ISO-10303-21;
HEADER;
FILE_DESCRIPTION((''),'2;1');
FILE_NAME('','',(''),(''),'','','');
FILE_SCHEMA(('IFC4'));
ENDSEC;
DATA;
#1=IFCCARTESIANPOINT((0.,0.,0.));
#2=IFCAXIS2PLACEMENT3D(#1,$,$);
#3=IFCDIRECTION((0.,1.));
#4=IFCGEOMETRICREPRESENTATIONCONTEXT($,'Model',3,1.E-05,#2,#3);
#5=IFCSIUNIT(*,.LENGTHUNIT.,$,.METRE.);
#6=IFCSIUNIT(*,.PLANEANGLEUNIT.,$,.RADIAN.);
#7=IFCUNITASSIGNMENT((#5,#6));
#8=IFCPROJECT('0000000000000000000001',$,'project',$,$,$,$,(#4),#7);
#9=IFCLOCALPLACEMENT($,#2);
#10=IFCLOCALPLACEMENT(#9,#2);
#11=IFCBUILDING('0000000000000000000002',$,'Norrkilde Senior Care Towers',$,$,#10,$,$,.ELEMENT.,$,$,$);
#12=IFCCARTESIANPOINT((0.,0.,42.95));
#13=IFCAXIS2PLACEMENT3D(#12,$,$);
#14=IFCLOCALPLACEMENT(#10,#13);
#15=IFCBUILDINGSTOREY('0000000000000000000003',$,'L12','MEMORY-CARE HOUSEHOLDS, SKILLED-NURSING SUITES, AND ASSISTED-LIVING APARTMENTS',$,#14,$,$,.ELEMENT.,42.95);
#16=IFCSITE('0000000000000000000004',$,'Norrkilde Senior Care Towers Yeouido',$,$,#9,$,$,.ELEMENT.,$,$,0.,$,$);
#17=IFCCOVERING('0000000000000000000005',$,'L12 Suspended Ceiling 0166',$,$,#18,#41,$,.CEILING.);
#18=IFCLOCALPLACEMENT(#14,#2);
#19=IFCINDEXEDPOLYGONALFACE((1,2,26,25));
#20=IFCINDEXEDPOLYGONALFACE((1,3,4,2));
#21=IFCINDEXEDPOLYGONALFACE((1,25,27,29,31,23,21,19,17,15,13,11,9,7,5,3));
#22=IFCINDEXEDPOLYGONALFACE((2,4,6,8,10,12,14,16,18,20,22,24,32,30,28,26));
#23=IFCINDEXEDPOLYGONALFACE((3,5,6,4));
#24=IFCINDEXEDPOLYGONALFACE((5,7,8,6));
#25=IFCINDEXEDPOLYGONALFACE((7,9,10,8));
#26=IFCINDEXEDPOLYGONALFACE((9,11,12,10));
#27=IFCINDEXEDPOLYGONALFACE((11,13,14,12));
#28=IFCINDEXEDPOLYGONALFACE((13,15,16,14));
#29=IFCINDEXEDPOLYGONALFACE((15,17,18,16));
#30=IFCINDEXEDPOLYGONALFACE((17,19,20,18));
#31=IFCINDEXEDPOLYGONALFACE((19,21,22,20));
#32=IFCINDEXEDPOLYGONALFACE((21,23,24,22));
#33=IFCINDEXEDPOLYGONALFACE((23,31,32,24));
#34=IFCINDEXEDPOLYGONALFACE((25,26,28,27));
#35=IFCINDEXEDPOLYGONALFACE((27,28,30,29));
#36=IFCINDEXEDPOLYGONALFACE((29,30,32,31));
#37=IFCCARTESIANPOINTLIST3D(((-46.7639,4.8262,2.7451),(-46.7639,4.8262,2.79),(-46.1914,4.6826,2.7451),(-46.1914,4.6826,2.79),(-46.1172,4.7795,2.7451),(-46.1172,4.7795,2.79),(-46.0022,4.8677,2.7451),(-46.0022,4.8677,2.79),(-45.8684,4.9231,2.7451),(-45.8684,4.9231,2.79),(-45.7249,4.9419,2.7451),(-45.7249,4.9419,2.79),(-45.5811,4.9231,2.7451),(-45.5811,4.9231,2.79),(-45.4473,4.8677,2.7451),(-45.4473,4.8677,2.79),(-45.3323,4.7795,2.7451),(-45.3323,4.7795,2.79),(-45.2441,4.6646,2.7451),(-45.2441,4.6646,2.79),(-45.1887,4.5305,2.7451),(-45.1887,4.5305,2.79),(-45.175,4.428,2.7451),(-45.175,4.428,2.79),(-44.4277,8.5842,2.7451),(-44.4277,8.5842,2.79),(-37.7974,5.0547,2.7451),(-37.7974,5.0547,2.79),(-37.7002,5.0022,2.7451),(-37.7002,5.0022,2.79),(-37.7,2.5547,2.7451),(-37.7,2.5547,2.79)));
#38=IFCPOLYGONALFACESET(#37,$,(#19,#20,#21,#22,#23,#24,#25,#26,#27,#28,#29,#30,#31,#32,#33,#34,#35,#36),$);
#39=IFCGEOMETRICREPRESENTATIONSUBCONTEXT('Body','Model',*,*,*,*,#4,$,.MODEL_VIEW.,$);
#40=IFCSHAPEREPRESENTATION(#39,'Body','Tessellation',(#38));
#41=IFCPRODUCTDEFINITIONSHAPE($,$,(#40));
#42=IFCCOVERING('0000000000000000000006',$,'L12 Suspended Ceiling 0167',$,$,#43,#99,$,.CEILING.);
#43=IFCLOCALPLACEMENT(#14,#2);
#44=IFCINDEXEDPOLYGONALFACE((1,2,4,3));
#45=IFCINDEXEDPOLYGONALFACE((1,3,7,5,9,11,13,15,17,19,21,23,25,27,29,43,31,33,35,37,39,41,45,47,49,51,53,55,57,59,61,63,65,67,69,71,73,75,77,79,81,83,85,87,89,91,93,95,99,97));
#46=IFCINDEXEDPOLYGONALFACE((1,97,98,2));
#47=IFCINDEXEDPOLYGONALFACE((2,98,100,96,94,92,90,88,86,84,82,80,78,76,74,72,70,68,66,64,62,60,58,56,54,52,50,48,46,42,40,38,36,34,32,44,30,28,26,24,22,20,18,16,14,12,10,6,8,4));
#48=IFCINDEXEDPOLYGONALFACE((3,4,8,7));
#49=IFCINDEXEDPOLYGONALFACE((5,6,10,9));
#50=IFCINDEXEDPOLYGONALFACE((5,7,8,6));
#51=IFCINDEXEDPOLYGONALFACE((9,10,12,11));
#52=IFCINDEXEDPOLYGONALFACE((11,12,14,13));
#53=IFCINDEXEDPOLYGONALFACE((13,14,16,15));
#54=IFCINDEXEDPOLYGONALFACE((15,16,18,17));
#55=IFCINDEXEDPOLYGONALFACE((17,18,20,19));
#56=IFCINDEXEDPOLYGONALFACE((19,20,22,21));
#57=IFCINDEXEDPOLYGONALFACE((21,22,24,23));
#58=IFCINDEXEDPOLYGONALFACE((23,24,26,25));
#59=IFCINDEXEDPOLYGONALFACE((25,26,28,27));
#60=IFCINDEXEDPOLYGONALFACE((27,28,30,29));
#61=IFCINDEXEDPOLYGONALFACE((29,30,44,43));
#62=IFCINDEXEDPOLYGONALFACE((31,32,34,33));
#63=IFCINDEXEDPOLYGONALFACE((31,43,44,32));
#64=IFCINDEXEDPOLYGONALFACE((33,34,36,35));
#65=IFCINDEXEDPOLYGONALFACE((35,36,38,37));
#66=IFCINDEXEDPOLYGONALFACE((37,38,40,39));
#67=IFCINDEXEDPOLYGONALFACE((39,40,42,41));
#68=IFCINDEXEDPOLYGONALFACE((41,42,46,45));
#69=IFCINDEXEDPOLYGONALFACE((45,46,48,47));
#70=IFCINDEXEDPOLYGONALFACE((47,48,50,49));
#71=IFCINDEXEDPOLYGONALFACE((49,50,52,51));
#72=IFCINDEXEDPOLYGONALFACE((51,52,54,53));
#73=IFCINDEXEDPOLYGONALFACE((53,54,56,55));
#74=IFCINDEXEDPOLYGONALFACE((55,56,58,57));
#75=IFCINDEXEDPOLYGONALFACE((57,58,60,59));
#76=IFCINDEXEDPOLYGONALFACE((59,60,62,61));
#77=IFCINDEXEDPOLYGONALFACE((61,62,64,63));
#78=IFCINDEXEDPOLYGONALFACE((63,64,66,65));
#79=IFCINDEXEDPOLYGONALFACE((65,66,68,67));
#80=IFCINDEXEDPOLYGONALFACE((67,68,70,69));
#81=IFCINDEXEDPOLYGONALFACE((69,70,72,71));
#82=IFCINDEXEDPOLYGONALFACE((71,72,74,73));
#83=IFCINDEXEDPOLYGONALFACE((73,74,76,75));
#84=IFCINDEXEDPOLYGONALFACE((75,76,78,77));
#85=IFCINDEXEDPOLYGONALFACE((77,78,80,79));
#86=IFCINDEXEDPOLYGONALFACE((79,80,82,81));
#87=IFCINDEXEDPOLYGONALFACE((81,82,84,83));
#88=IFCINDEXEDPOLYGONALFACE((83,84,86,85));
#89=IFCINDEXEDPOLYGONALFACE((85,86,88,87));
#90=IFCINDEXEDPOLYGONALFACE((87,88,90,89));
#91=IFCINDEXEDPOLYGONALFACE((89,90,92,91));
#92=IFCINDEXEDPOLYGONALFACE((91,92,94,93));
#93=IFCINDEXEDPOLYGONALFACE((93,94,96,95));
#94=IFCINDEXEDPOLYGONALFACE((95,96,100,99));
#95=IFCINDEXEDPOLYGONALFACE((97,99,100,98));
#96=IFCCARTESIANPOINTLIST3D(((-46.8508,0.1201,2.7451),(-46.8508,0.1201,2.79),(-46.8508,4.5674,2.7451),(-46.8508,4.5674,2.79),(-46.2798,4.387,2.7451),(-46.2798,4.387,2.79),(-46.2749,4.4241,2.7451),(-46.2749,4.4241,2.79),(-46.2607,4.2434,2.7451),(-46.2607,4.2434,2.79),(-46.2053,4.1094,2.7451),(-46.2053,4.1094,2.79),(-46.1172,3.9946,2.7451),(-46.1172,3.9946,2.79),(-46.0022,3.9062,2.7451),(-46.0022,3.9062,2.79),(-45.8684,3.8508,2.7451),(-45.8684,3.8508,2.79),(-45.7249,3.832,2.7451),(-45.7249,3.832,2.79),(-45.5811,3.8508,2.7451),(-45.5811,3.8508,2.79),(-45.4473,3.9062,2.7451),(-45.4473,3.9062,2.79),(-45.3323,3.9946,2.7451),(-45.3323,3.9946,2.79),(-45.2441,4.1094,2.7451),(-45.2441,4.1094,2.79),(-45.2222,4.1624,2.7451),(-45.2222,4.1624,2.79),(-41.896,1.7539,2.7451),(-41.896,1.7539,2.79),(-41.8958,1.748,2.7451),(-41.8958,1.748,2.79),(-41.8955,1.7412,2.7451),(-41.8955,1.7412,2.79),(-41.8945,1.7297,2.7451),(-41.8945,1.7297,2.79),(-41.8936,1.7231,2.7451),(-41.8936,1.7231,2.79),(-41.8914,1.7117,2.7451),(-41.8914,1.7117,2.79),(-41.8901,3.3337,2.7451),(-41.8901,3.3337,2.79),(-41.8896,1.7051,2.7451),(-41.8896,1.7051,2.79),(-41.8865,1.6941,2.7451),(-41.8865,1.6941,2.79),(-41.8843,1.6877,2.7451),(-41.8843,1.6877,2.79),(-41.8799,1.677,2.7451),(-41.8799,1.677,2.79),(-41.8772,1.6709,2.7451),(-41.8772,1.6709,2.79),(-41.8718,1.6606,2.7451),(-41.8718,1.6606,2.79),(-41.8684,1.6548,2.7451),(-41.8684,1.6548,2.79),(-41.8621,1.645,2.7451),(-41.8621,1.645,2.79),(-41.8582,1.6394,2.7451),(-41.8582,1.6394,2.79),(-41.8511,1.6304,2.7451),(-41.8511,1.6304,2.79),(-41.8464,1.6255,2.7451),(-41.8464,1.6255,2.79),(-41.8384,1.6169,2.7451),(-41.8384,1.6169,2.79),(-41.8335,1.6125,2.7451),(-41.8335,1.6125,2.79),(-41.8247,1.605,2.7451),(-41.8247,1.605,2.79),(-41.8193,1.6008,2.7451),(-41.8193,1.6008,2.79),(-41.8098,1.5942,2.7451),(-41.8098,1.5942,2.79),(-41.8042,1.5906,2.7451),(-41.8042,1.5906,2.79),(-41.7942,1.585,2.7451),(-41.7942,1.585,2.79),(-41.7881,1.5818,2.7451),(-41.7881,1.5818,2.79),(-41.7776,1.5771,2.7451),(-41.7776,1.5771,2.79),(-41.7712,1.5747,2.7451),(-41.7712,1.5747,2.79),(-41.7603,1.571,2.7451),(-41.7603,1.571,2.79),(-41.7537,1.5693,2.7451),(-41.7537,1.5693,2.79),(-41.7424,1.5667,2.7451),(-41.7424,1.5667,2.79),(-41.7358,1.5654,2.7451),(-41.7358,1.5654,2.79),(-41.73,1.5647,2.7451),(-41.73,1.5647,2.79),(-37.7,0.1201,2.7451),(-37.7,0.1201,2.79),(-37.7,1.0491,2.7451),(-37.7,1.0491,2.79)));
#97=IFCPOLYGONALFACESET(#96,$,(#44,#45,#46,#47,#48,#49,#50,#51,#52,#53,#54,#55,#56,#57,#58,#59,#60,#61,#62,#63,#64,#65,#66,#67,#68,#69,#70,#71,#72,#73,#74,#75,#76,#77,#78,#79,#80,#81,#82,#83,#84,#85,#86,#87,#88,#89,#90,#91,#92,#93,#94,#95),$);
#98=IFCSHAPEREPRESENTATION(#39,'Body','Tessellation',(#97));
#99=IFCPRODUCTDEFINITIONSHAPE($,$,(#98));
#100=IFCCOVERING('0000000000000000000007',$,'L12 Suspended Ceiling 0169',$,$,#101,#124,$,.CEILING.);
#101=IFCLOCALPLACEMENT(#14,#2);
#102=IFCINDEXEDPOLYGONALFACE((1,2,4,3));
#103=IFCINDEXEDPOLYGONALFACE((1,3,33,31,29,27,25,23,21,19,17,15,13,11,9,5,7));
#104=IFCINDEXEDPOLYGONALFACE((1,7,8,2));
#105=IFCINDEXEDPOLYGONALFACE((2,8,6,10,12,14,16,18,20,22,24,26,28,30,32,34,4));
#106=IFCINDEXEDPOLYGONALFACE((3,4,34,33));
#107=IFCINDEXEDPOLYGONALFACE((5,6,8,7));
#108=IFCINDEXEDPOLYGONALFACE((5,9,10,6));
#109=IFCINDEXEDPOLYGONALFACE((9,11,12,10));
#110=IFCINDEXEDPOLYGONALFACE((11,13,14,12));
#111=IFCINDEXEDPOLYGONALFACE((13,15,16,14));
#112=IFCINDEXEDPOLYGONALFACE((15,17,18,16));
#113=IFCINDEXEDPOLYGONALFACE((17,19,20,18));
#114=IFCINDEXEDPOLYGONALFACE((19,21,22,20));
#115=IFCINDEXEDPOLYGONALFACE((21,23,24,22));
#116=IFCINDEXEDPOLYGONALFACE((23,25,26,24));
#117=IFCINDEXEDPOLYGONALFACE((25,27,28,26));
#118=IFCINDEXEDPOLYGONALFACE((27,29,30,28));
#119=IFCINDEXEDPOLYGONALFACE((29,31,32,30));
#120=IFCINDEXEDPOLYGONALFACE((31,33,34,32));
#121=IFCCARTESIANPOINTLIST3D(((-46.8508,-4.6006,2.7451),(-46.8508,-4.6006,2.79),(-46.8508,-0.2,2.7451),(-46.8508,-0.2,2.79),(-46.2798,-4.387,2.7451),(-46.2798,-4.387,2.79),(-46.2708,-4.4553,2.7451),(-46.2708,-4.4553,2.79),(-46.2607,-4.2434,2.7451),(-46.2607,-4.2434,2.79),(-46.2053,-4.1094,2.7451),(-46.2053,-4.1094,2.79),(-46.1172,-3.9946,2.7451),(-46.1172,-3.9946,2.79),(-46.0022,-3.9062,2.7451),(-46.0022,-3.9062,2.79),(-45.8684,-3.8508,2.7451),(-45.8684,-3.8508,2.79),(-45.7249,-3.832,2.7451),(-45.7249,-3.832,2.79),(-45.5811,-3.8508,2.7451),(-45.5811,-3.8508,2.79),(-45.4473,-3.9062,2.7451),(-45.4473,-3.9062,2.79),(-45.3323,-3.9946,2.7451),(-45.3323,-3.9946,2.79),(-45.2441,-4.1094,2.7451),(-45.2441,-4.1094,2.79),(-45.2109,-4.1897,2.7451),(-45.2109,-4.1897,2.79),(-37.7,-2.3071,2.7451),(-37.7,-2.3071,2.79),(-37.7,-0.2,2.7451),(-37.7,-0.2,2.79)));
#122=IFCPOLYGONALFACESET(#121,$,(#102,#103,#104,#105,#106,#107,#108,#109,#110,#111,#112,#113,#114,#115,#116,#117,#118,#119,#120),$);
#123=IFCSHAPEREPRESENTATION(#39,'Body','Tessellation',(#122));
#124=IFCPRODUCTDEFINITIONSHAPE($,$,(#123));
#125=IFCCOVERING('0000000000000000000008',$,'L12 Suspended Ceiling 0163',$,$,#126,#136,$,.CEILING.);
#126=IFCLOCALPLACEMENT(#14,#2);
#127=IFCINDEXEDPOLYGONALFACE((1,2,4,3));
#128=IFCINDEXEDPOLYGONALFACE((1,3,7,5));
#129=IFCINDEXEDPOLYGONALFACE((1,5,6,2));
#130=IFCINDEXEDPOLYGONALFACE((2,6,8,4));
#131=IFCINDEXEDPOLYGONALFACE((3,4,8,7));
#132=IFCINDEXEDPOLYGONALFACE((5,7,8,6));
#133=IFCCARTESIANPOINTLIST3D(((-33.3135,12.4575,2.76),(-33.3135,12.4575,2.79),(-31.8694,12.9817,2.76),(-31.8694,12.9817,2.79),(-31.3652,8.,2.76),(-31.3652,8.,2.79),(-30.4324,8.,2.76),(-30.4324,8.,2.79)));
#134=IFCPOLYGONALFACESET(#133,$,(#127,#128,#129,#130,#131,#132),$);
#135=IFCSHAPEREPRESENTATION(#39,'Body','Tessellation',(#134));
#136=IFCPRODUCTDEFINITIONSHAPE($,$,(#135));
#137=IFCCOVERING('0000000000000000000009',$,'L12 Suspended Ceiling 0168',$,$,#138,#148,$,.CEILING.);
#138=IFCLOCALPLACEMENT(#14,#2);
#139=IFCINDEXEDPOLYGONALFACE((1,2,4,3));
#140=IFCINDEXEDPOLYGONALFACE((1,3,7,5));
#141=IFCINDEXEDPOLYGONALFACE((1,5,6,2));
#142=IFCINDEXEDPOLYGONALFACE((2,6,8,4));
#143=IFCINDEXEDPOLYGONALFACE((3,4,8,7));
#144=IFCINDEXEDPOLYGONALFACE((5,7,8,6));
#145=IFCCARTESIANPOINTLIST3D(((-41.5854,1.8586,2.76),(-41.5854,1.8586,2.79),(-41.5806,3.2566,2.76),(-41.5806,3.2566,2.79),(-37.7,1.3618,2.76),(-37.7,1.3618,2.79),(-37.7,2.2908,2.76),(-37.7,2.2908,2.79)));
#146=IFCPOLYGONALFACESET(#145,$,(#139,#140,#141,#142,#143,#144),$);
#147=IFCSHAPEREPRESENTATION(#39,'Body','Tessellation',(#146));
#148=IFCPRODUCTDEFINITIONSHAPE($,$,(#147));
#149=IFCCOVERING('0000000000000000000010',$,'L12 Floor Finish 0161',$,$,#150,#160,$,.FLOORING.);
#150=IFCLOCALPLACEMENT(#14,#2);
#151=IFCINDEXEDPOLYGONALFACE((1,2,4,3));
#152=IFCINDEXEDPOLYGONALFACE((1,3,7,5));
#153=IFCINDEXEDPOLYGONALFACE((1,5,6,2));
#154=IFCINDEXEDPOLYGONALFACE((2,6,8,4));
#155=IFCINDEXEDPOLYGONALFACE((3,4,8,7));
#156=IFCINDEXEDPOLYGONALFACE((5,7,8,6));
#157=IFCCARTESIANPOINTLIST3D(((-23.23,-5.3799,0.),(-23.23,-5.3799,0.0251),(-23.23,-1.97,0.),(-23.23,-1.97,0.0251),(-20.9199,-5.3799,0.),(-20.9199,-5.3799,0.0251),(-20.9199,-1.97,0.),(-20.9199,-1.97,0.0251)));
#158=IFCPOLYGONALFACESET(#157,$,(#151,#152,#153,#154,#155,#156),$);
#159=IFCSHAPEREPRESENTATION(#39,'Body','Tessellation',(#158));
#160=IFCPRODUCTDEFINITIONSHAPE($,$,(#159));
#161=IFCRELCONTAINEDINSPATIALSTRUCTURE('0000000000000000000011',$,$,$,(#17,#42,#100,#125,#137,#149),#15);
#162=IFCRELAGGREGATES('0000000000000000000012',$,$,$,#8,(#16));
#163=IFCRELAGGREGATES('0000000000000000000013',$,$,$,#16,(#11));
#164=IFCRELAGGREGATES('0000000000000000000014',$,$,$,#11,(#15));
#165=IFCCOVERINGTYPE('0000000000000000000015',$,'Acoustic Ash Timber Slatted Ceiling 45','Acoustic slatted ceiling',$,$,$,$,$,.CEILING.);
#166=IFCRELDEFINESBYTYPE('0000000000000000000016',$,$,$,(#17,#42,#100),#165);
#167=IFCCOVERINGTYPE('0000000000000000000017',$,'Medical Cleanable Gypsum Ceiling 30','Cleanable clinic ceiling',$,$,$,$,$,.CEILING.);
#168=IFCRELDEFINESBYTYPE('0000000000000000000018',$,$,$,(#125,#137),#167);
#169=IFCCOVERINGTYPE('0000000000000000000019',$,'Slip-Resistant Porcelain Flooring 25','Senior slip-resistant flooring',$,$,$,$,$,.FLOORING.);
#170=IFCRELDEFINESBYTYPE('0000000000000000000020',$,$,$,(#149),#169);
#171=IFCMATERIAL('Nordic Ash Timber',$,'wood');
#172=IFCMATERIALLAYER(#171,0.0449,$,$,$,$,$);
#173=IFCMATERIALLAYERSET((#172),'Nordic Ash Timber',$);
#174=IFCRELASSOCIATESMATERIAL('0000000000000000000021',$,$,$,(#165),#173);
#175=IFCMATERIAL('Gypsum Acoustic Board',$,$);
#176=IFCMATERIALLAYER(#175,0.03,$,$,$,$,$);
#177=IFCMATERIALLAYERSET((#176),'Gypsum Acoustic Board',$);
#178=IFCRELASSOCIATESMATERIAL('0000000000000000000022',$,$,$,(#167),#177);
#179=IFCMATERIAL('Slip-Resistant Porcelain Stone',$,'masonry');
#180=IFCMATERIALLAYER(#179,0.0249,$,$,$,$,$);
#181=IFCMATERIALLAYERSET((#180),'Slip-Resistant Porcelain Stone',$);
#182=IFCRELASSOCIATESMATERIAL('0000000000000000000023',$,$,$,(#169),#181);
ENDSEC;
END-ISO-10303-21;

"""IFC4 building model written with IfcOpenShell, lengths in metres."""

from ifc_helpers import new_model, si_unit, direction, frame, origin, place, context, subcontext, project, spatial, polyline, outline, extrude, material, layer, layer_set, type_object, element, save


model = new_model("IFC4")

# Units and contexts
model_context = context("Model", 3, precision=1e-05, world=origin(), true_north=direction((0.0, 1.0)))
body_context = subcontext(model_context, "Body", "Model", "MODEL_VIEW")
ifc_project = project(units=[si_unit("LENGTHUNIT", "METRE"), si_unit("PLANEANGLEUNIT", "RADIAN")], contexts=[model_context])

# Site, building, storey
site_placement = place(None, origin())
site = spatial("IfcSite", under=ifc_project, at=site_placement, Name="Norrkilde Senior Care Towers Yeouido", CompositionType="ELEMENT", RefElevation=0.0)
building_placement = place(site_placement, origin())
building = spatial("IfcBuilding", under=site, at=building_placement, Name="Norrkilde Senior Care Towers", CompositionType="ELEMENT")
storey_placement = place(building_placement, frame((0.0, 0.0, 42.95)))
storey = spatial("IfcBuildingStorey", under=building, at=storey_placement, Name="L12", Description="MEMORY-CARE HOUSEHOLDS, SKILLED-NURSING SUITES, AND ASSISTED-LIVING APARTMENTS", CompositionType="ELEMENT", Elevation=42.95)

# Coverings
ifc_material_1 = material(Name="Nordic Ash Timber", Category="wood")
ifc_layer_1 = layer(ifc_material_1, 0.0449)
ifc_layer_set_1 = layer_set([ifc_layer_1], Name="Nordic Ash Timber")
covering_type_1 = type_object("IfcCoveringType", Name="Acoustic Ash Timber Slatted Ceiling 45", Description="Acoustic slatted ceiling", PredefinedType="CEILING", material=ifc_layer_set_1)
covering_1_placement = place(storey_placement, frame((0.0, 0.0, 2.7451)))
element("IfcCovering", 1, at=covering_1_placement, inside=storey, type_object=covering_type_1, Name="L12 Suspended Ceiling 0166", PredefinedType="CEILING", context=body_context, shape_type="SweptSolid", body=[
    extrude(outline(polyline([(-37.7974, 5.0547), (-37.7002, 5.0022), (-37.7, 2.5547), (-45.175, 4.428), (-45.1887, 4.5305), (-45.2441, 4.6646), (-45.3323, 4.7795), (-45.4473, 4.8677), (-45.5811, 4.9231), (-45.7249, 4.9419), (-45.8684, 4.9231), (-46.0022, 4.8677), (-46.1172, 4.7795), (-46.1914, 4.6826), (-46.7639, 4.8262), (-44.4277, 8.5842), (-37.7974, 5.0547)])), origin(), (0.0, 0.0, 1.0), 0.0449),
])
covering_2_placement = place(storey_placement, frame((0.0, 0.0, 2.7451)))
element("IfcCovering", 2, at=covering_2_placement, inside=storey, type_object=covering_type_1, Name="L12 Suspended Ceiling 0167", PredefinedType="CEILING", context=body_context, shape_type="SweptSolid", body=[
    extrude(outline(polyline([(-41.8945, 1.7297), (-41.8936, 1.7231), (-41.8914, 1.7117), (-41.8896, 1.7051), (-41.8865, 1.6941), (-41.8843, 1.6877), (-41.8799, 1.677), (-41.8772, 1.6709), (-41.8718, 1.6606), (-41.8684, 1.6548), (-41.8621, 1.645), (-41.8582, 1.6394), (-41.8511, 1.6304), (-41.8464, 1.6255), (-41.8384, 1.6169), (-41.8335, 1.6125), (-41.8247, 1.605), (-41.8193, 1.6008), (-41.8098, 1.5942), (-41.8042, 1.5906), (-41.7942, 1.585), (-41.7881, 1.5818), (-41.7776, 1.5771), (-41.7712, 1.5747), (-41.7603, 1.571), (-41.7537, 1.5693), (-41.7424, 1.5667), (-41.7358, 1.5654), (-41.73, 1.5647), (-37.7, 1.0491), (-37.7, 0.1201), (-46.8508, 0.1201), (-46.8508, 4.5674), (-46.2749, 4.4241), (-46.2798, 4.387), (-46.2607, 4.2434), (-46.2053, 4.1094), (-46.1172, 3.9946), (-46.0022, 3.9062), (-45.8684, 3.8508), (-45.7249, 3.832), (-45.5811, 3.8508), (-45.4473, 3.9062), (-45.3323, 3.9946), (-45.2441, 4.1094), (-45.2222, 4.1624), (-41.8901, 3.3337), (-41.896, 1.7539), (-41.8958, 1.748), (-41.8955, 1.7412), (-41.8945, 1.7297)])), origin(), (0.0, 0.0, 1.0), 0.0449),
])
covering_3_placement = place(storey_placement, frame((0.0, 0.0, 2.7451)))
element("IfcCovering", 3, at=covering_3_placement, inside=storey, type_object=covering_type_1, Name="L12 Suspended Ceiling 0169", PredefinedType="CEILING", context=body_context, shape_type="SweptSolid", body=[
    extrude(outline(polyline([(-37.7, -0.2), (-37.7, -2.3071), (-45.2109, -4.1897), (-45.2441, -4.1094), (-45.3323, -3.9946), (-45.4473, -3.9062), (-45.5811, -3.8508), (-45.7249, -3.832), (-45.8684, -3.8508), (-46.0022, -3.9062), (-46.1172, -3.9946), (-46.2053, -4.1094), (-46.2607, -4.2434), (-46.2798, -4.387), (-46.2708, -4.4553), (-46.8508, -4.6006), (-46.8508, -0.2), (-37.7, -0.2)])), origin(), (0.0, 0.0, 1.0), 0.0449),
])
ifc_material_2 = material(Name="Gypsum Acoustic Board")
ifc_layer_2 = layer(ifc_material_2, 0.03)
ifc_layer_set_2 = layer_set([ifc_layer_2], Name="Gypsum Acoustic Board")
covering_type_2 = type_object("IfcCoveringType", Name="Medical Cleanable Gypsum Ceiling 30", Description="Cleanable clinic ceiling", PredefinedType="CEILING", material=ifc_layer_set_2)
covering_4_placement = place(storey_placement, frame((0.0, 0.0, 2.76)))
element("IfcCovering", 4, at=covering_4_placement, inside=storey, type_object=covering_type_2, Name="L12 Suspended Ceiling 0163", PredefinedType="CEILING", context=body_context, shape_type="SweptSolid", body=[
    extrude(outline(polyline([(-31.8694, 12.9817), (-30.4324, 8.0), (-31.3652, 8.0), (-33.3135, 12.4575), (-31.8694, 12.9817)])), origin(), (0.0, 0.0, 1.0), 0.03),
])
covering_5_placement = place(storey_placement, frame((0.0, 0.0, 2.76)))
element("IfcCovering", 5, at=covering_5_placement, inside=storey, type_object=covering_type_2, Name="L12 Suspended Ceiling 0168", PredefinedType="CEILING", context=body_context, shape_type="SweptSolid", body=[
    extrude(outline(polyline([(-41.5806, 3.2566), (-37.7, 2.2908), (-37.7, 1.3618), (-41.5854, 1.8586), (-41.5806, 3.2566)])), origin(), (0.0, 0.0, 1.0), 0.03),
])
ifc_material_3 = material(Name="Slip-Resistant Porcelain Stone", Category="masonry")
ifc_layer_3 = layer(ifc_material_3, 0.0249)
ifc_layer_set_3 = layer_set([ifc_layer_3], Name="Slip-Resistant Porcelain Stone")
covering_type_3 = type_object("IfcCoveringType", Name="Slip-Resistant Porcelain Flooring 25", Description="Senior slip-resistant flooring", PredefinedType="FLOORING", material=ifc_layer_set_3)
covering_6_placement = place(storey_placement, origin())
element("IfcCovering", 6, at=covering_6_placement, inside=storey, type_object=covering_type_3, Name="L12 Floor Finish 0161", PredefinedType="FLOORING", context=body_context, shape_type="SweptSolid", body=[
    extrude(outline(polyline([(-20.9199, -5.3799), (-23.23, -5.3799), (-23.23, -1.97), (-20.9199, -1.97), (-20.9199, -5.3799)])), origin(), (0.0, 0.0, 1.0), 0.0251),
])

save(model, "model.ifc")
